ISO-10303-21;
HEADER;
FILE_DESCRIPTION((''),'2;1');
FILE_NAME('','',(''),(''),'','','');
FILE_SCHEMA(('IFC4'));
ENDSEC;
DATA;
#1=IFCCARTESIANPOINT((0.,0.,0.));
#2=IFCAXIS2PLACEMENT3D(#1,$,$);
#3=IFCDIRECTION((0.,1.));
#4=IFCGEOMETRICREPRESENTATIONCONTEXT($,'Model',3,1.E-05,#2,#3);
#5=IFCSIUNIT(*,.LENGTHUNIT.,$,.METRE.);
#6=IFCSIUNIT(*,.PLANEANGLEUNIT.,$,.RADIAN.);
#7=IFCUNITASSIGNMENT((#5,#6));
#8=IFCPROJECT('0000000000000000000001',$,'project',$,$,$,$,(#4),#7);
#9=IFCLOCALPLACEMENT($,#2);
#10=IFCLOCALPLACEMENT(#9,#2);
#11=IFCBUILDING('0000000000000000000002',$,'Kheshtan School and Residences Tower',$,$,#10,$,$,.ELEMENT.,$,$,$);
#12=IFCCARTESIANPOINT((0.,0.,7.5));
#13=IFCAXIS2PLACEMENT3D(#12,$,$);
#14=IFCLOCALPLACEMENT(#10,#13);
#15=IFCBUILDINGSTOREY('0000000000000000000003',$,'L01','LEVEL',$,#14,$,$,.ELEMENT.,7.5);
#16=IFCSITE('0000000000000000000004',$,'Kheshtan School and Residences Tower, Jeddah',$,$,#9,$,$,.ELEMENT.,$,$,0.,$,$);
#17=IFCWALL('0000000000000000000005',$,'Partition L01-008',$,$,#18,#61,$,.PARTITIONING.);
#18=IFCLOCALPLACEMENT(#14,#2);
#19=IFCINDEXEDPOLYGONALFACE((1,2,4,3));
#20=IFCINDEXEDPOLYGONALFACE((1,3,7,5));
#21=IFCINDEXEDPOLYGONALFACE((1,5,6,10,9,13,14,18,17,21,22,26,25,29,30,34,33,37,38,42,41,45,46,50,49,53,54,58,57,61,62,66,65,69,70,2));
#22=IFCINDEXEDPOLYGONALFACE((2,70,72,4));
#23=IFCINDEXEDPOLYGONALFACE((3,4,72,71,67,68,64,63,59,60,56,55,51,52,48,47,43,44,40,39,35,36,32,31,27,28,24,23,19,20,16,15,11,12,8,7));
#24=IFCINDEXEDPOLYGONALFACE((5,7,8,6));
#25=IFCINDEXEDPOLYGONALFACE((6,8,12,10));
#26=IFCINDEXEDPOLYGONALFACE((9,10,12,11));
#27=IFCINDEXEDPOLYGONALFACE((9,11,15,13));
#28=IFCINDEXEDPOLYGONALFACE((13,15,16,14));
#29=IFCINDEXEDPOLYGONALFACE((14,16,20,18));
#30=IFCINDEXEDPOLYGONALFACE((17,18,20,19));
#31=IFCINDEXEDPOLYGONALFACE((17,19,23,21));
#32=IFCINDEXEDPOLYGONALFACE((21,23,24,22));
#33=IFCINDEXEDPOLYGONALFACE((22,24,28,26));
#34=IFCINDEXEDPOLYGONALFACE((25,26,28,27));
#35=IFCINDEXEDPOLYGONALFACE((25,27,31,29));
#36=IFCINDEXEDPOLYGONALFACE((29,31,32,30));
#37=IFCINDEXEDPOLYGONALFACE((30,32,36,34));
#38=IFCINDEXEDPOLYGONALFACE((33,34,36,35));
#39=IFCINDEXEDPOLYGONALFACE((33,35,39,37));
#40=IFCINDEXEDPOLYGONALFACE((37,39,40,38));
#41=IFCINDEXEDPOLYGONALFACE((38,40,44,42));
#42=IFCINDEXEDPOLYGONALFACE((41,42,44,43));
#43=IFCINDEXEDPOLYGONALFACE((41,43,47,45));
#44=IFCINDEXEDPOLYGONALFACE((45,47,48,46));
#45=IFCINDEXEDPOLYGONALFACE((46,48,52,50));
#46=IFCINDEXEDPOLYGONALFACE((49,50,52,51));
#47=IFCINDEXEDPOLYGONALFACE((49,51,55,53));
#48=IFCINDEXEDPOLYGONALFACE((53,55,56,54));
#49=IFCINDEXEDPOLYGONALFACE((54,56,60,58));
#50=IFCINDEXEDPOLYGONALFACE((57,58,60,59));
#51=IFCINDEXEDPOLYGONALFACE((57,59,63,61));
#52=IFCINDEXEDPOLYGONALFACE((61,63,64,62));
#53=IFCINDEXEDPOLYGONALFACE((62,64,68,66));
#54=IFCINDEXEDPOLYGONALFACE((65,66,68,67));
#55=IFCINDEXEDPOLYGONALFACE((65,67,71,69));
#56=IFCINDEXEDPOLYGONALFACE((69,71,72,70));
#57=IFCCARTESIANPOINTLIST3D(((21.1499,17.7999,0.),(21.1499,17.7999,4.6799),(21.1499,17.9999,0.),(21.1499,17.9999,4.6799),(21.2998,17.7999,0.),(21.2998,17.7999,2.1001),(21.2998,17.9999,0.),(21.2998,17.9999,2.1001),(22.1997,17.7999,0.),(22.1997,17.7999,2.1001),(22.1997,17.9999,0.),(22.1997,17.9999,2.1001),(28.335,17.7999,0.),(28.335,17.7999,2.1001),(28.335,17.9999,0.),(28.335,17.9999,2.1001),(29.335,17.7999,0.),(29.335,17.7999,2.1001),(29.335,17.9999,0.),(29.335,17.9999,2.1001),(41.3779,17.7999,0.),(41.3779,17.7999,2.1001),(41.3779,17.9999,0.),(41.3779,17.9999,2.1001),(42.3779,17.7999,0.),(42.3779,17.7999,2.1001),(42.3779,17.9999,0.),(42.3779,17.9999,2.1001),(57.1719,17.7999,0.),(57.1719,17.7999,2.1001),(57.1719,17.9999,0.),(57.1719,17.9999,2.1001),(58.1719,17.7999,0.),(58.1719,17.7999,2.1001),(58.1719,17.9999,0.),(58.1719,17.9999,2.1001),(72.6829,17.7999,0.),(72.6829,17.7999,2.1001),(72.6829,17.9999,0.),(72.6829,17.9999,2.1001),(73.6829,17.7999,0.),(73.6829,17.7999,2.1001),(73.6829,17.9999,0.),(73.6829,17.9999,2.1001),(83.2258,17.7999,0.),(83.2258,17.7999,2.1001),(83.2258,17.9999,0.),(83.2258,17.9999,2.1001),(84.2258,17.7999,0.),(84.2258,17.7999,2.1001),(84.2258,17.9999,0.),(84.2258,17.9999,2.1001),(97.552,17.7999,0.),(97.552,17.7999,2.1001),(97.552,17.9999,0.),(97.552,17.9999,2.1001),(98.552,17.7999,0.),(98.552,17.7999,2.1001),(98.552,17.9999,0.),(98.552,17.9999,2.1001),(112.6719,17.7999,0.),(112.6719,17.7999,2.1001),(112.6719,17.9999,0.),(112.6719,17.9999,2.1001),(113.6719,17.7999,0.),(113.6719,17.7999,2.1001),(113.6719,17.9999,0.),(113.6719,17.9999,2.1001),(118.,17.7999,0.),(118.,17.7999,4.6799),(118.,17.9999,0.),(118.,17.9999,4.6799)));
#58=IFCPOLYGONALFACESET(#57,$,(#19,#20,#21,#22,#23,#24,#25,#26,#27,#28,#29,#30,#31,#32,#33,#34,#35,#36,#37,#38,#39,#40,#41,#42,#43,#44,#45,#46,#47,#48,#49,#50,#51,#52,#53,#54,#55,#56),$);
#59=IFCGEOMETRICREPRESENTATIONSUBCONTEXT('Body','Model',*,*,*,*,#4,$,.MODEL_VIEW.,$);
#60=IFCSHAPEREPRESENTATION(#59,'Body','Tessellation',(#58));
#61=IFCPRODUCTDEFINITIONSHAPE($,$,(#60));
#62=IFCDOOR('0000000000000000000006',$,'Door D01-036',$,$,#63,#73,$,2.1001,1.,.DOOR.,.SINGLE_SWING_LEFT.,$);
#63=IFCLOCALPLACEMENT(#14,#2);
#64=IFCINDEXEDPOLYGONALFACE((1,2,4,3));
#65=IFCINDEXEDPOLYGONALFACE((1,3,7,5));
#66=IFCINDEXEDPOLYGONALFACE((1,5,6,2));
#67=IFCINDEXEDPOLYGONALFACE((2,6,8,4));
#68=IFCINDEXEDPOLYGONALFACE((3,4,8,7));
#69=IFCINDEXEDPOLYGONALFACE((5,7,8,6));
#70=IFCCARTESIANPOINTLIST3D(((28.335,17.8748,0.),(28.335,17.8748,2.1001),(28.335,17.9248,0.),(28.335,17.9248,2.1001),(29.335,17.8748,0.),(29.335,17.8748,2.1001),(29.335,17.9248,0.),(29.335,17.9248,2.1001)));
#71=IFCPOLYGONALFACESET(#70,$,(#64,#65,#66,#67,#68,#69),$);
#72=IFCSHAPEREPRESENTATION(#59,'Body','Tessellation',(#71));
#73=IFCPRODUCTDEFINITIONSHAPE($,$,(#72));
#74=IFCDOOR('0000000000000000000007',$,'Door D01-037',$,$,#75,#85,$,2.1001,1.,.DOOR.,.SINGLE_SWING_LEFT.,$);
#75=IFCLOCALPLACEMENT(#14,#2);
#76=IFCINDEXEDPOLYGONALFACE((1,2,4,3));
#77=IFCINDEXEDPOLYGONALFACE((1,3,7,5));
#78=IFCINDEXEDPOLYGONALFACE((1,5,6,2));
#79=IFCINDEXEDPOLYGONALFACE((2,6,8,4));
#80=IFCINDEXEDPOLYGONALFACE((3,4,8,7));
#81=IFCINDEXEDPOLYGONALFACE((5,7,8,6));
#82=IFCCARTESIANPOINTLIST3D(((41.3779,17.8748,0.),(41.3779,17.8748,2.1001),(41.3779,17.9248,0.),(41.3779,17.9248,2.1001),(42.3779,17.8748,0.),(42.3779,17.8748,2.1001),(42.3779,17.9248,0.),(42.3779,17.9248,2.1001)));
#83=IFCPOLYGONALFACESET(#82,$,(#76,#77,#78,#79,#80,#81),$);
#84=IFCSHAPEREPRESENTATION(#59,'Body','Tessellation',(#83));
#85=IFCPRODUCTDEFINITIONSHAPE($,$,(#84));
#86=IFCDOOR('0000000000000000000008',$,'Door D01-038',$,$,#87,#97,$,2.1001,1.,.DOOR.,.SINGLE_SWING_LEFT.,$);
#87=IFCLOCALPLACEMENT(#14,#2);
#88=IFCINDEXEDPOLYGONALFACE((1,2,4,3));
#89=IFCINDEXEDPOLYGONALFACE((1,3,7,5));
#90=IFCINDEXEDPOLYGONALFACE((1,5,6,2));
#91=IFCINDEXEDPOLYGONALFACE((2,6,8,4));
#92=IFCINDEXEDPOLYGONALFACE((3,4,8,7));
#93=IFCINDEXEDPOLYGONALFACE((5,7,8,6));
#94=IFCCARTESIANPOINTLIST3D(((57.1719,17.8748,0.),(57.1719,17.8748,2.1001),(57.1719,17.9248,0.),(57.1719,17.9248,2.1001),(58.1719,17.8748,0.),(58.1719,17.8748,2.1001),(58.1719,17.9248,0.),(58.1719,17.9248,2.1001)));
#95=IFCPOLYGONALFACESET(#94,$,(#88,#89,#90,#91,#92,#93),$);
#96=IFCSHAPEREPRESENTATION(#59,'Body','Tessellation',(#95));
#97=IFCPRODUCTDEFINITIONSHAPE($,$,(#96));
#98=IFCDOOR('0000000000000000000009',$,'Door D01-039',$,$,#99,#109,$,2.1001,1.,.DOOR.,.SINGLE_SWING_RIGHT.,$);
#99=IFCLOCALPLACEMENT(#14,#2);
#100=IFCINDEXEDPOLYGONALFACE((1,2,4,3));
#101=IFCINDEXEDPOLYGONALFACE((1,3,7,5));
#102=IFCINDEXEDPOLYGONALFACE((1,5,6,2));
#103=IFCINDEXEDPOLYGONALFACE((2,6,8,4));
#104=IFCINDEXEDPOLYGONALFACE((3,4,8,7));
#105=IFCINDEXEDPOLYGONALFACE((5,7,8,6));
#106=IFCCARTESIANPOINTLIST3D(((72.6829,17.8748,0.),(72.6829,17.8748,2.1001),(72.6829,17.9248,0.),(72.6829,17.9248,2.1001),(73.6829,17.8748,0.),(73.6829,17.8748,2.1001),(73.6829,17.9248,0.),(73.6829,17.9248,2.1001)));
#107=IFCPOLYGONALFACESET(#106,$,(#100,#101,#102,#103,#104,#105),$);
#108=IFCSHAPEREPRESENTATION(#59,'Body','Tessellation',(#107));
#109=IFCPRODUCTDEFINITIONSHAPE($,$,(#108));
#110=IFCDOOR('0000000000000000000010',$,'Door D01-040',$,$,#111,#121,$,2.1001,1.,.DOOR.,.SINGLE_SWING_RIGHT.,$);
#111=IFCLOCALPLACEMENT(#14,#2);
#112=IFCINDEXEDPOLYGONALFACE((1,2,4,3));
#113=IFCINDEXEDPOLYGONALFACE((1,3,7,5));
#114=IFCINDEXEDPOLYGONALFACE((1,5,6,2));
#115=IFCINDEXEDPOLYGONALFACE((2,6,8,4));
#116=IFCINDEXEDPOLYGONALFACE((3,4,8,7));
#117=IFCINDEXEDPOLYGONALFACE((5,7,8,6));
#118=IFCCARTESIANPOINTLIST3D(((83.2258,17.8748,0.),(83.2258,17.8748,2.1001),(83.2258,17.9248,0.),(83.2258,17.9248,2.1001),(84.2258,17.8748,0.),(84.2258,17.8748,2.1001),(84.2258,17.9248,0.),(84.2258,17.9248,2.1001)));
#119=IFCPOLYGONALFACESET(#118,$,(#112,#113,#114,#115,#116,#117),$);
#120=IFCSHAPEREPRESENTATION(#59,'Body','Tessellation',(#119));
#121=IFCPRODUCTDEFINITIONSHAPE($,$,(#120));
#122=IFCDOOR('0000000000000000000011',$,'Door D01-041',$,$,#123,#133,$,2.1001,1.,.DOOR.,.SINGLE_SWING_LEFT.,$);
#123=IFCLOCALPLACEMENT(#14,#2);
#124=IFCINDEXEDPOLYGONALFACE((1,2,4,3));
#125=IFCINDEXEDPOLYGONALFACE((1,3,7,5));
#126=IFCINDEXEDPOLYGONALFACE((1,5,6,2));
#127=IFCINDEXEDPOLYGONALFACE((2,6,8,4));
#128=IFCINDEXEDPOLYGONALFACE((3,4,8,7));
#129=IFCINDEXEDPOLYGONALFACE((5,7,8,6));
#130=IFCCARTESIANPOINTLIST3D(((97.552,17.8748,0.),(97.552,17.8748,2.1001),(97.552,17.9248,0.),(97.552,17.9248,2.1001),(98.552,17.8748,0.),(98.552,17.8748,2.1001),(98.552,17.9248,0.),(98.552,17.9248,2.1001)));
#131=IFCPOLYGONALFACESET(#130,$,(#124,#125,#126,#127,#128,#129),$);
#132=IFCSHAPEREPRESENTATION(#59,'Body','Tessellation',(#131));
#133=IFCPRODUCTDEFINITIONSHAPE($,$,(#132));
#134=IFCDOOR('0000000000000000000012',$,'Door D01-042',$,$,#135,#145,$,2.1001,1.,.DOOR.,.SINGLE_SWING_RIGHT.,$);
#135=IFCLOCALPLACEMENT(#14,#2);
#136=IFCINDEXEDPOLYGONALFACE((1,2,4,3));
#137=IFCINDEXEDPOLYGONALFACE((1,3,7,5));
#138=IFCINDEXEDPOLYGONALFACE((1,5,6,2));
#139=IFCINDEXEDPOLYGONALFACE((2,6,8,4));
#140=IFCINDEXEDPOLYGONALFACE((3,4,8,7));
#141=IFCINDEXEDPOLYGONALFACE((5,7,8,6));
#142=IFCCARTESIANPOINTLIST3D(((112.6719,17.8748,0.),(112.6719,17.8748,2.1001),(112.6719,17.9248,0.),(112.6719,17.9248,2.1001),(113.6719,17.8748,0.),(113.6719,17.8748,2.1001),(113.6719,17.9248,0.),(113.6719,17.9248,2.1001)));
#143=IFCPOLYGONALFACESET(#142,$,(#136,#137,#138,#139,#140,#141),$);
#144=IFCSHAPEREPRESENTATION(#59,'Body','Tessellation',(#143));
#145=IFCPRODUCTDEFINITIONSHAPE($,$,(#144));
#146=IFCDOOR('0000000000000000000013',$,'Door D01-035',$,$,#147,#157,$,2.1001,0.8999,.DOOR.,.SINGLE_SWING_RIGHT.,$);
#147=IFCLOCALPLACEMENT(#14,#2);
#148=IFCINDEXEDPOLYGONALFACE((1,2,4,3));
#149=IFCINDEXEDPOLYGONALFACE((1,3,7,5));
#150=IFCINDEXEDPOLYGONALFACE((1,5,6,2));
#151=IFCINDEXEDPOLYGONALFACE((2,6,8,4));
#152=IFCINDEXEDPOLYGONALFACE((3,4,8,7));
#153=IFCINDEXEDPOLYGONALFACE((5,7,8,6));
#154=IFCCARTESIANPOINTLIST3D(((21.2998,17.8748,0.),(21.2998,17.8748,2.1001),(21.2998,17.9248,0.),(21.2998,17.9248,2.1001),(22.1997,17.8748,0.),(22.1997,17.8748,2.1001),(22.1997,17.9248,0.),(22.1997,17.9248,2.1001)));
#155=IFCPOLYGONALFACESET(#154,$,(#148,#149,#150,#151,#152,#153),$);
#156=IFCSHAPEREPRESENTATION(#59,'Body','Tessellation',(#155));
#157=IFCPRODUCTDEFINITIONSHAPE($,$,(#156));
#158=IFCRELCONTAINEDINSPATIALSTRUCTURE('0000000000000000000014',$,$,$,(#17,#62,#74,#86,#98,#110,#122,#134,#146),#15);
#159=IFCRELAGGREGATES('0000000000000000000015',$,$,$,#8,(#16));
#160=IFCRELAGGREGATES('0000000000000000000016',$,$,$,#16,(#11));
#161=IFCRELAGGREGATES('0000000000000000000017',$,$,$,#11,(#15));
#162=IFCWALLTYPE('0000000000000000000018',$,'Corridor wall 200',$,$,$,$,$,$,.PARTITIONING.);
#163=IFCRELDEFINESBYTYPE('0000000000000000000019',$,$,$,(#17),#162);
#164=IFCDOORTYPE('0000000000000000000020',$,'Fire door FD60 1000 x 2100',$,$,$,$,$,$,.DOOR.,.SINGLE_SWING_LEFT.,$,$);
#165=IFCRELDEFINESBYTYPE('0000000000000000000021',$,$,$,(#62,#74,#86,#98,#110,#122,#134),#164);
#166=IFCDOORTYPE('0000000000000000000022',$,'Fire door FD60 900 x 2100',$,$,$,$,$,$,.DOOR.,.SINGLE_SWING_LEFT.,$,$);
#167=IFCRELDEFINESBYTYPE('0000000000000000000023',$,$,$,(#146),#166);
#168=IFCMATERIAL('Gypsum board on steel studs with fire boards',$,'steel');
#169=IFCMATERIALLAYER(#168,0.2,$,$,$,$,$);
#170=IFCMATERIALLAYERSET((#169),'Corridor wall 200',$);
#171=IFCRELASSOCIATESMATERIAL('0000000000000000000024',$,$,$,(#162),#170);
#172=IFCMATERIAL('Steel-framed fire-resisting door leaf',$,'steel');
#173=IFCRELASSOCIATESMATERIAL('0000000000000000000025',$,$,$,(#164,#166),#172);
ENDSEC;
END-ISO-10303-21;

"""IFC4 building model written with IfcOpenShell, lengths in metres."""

from ifc_helpers import new_model, si_unit, direction, frame, frame_2d, origin, place, context, subcontext, project, spatial, rectangle, extrude, source, transform, mapped, material, layer, layer_set, type_object, element, fill, save


model = new_model("IFC4")

# Units and contexts
model_context = context("Model", 3, precision=1e-05, world=origin(), true_north=direction((0.0, 1.0)))
body_context = subcontext(model_context, "Body", "Model", "MODEL_VIEW")
ifc_project = project(units=[si_unit("LENGTHUNIT", "METRE"), si_unit("PLANEANGLEUNIT", "RADIAN")], contexts=[model_context])

# Site, building, storey
site_placement = place(None, origin())
site = spatial("IfcSite", under=ifc_project, at=site_placement, Name="Kheshtan School and Residences Tower, Jeddah", CompositionType="ELEMENT", RefElevation=0.0)
building_placement = place(site_placement, origin())
building = spatial("IfcBuilding", under=site, at=building_placement, Name="Kheshtan School and Residences Tower", CompositionType="ELEMENT")
storey_placement = place(building_placement, frame((0.0, 0.0, 7.5)))
storey = spatial("IfcBuildingStorey", under=building, at=storey_placement, Name="L01", Description="LEVEL", CompositionType="ELEMENT", Elevation=7.5)

# Shared definitions
ifc_material_1 = material(Name="Gypsum board on steel studs with fire boards", Category="steel")
ifc_layer_1 = layer(ifc_material_1, 0.2)
ifc_layer_set_1 = layer_set([ifc_layer_1], Name="Corridor wall 200")
wall_type_1 = type_object("IfcWallType", Name="Corridor wall 200", PredefinedType="PARTITIONING", material=ifc_layer_set_1)
ifc_material_2 = material(Name="Steel-framed fire-resisting door leaf", Category="steel")
door_type_1 = type_object("IfcDoorType", Name="Fire door FD60 1000 x 2100", OperationType="SINGLE_SWING_LEFT", PredefinedType="DOOR", material=ifc_material_2)
shared_shape_1 = source(origin(), body_context, "Body", "SweptSolid", [
    extrude(rectangle(XDim=1.0, YDim=2.1001, at=frame_2d((0.5, 1.05))), frame((0.0, 0.0249, 0.0), z_axis=(0.0, -1.0, 0.0), x_axis=(1.0, 0.0, 0.0)), (0.0, 0.0, 1.0), 0.05),
])

# Wall, openings, doors
wall_1_placement = place(storey_placement, frame((21.1499, 17.8999, 0.0), z_axis=(0.0, 0.0, 1.0), x_axis=(1.0, 0.0, 0.0)))
wall_1 = element("IfcWall", 1, at=wall_1_placement, inside=storey, type_object=wall_type_1, Name="Partition L01-008", PredefinedType="PARTITIONING", context=body_context, shape_type="SweptSolid", body=[
    extrude(rectangle(XDim=96.8501, YDim=0.2, at=frame_2d((48.425, 0.0))), origin(), (0.0, 0.0, 1.0), 4.6799),
])
opening_1_placement = place(wall_1_placement, frame((0.1499, 0.0, 0.0)))
opening_1 = element("IfcOpeningElement", 2, at=opening_1_placement, cuts=wall_1, PredefinedType="OPENING", context=body_context, shape_type="SweptSolid", body=[
    extrude(rectangle(XDim=0.8999, YDim=2.1001, at=frame_2d((0.45, 1.05))), frame((0.0, 0.1099, 0.0), z_axis=(0.0, -1.0, 0.0), x_axis=(1.0, 0.0, 0.0)), (0.0, 0.0, 1.0), 0.22),
])
opening_2_placement = place(wall_1_placement, frame((7.1851, 0.0, 0.0)))
opening_2 = element("IfcOpeningElement", 3, at=opening_2_placement, cuts=wall_1, PredefinedType="OPENING", context=body_context, shape_type="SweptSolid", body=[
    extrude(rectangle(XDim=1.0, YDim=2.1001, at=frame_2d((0.5, 1.05))), frame((0.0, 0.1099, 0.0), z_axis=(0.0, -1.0, 0.0), x_axis=(1.0, 0.0, 0.0)), (0.0, 0.0, 1.0), 0.22),
])
opening_3_placement = place(wall_1_placement, frame((20.228, 0.0, 0.0)))
opening_3 = element("IfcOpeningElement", 4, at=opening_3_placement, cuts=wall_1, PredefinedType="OPENING", context=body_context, shape_type="SweptSolid", body=[
    extrude(rectangle(XDim=1.0, YDim=2.1001, at=frame_2d((0.5, 1.05))), frame((0.0, 0.1099, 0.0), z_axis=(0.0, -1.0, 0.0), x_axis=(1.0, 0.0, 0.0)), (0.0, 0.0, 1.0), 0.22),
])
opening_4_placement = place(wall_1_placement, frame((36.022, 0.0, 0.0)))
opening_4 = element("IfcOpeningElement", 5, at=opening_4_placement, cuts=wall_1, PredefinedType="OPENING", context=body_context, shape_type="SweptSolid", body=[
    extrude(rectangle(XDim=1.0, YDim=2.1001, at=frame_2d((0.5, 1.05))), frame((0.0, 0.1099, 0.0), z_axis=(0.0, -1.0, 0.0), x_axis=(1.0, 0.0, 0.0)), (0.0, 0.0, 1.0), 0.22),
])
opening_5_placement = place(wall_1_placement, frame((51.533, 0.0, 0.0)))
opening_5 = element("IfcOpeningElement", 6, at=opening_5_placement, cuts=wall_1, PredefinedType="OPENING", context=body_context, shape_type="SweptSolid", body=[
    extrude(rectangle(XDim=1.0, YDim=2.1001, at=frame_2d((0.5, 1.05))), frame((0.0, 0.1099, 0.0), z_axis=(0.0, -1.0, 0.0), x_axis=(1.0, 0.0, 0.0)), (0.0, 0.0, 1.0), 0.22),
])
opening_6_placement = place(wall_1_placement, frame((62.0759, 0.0, 0.0)))
opening_6 = element("IfcOpeningElement", 7, at=opening_6_placement, cuts=wall_1, PredefinedType="OPENING", context=body_context, shape_type="SweptSolid", body=[
    extrude(rectangle(XDim=1.0, YDim=2.1001, at=frame_2d((0.5, 1.05))), frame((0.0, 0.1099, 0.0), z_axis=(0.0, -1.0, 0.0), x_axis=(1.0, 0.0, 0.0)), (0.0, 0.0, 1.0), 0.22),
])
opening_7_placement = place(wall_1_placement, frame((76.4021, 0.0, 0.0)))
opening_7 = element("IfcOpeningElement", 8, at=opening_7_placement, cuts=wall_1, PredefinedType="OPENING", context=body_context, shape_type="SweptSolid", body=[
    extrude(rectangle(XDim=1.0, YDim=2.1001, at=frame_2d((0.5, 1.05))), frame((0.0, 0.1099, 0.0), z_axis=(0.0, -1.0, 0.0), x_axis=(1.0, 0.0, 0.0)), (0.0, 0.0, 1.0), 0.22),
])
opening_8_placement = place(wall_1_placement, frame((91.522, 0.0, 0.0)))
opening_8 = element("IfcOpeningElement", 9, at=opening_8_placement, cuts=wall_1, PredefinedType="OPENING", context=body_context, shape_type="SweptSolid", body=[
    extrude(rectangle(XDim=1.0, YDim=2.1001, at=frame_2d((0.5, 1.05))), frame((0.0, 0.1099, 0.0), z_axis=(0.0, -1.0, 0.0), x_axis=(1.0, 0.0, 0.0)), (0.0, 0.0, 1.0), 0.22),
])
door_1_placement = place(opening_2_placement, origin())
door_1 = element("IfcDoor", 10, at=door_1_placement, inside=storey, type_object=door_type_1, Name="Door D01-036", OperationType="SINGLE_SWING_LEFT", OverallHeight=2.1001, OverallWidth=1.0, PredefinedType="DOOR", context=body_context, shape_type="MappedRepresentation", body=[
    mapped(shared_shape_1, transform((0.0, 0.0, 0.0), x_axis=(1.0, 0.0, 0.0), y_axis=(0.0, 1.0, 0.0), z_axis=(0.0, 0.0, 1.0), scale=1.0)),
])
fill(opening_2, door_1)
door_2_placement = place(opening_3_placement, origin())
door_2 = element("IfcDoor", 11, at=door_2_placement, inside=storey, type_object=door_type_1, Name="Door D01-037", OperationType="SINGLE_SWING_LEFT", OverallHeight=2.1001, OverallWidth=1.0, PredefinedType="DOOR", context=body_context, shape_type="MappedRepresentation", body=[
    mapped(shared_shape_1, transform((0.0, 0.0, 0.0), x_axis=(1.0, 0.0, 0.0), y_axis=(0.0, 1.0, 0.0), z_axis=(0.0, 0.0, 1.0), scale=1.0)),
])
fill(opening_3, door_2)
door_3_placement = place(opening_4_placement, origin())
door_3 = element("IfcDoor", 12, at=door_3_placement, inside=storey, type_object=door_type_1, Name="Door D01-038", OperationType="SINGLE_SWING_LEFT", OverallHeight=2.1001, OverallWidth=1.0, PredefinedType="DOOR", context=body_context, shape_type="MappedRepresentation", body=[
    mapped(shared_shape_1, transform((0.0, 0.0, 0.0), x_axis=(1.0, 0.0, 0.0), y_axis=(0.0, 1.0, 0.0), z_axis=(0.0, 0.0, 1.0), scale=1.0)),
])
fill(opening_4, door_3)
door_4_placement = place(opening_5_placement, origin())
door_4 = element("IfcDoor", 13, at=door_4_placement, inside=storey, type_object=door_type_1, Name="Door D01-039", OperationType="SINGLE_SWING_RIGHT", OverallHeight=2.1001, OverallWidth=1.0, PredefinedType="DOOR", context=body_context, shape_type="MappedRepresentation", body=[
    mapped(shared_shape_1, transform((0.0, 0.0, 0.0), x_axis=(1.0, 0.0, 0.0), y_axis=(0.0, 1.0, 0.0), z_axis=(0.0, 0.0, 1.0), scale=1.0)),
])
fill(opening_5, door_4)
door_5_placement = place(opening_6_placement, origin())
door_5 = element("IfcDoor", 14, at=door_5_placement, inside=storey, type_object=door_type_1, Name="Door D01-040", OperationType="SINGLE_SWING_RIGHT", OverallHeight=2.1001, OverallWidth=1.0, PredefinedType="DOOR", context=body_context, shape_type="MappedRepresentation", body=[
    mapped(shared_shape_1, transform((0.0, 0.0, 0.0), x_axis=(1.0, 0.0, 0.0), y_axis=(0.0, 1.0, 0.0), z_axis=(0.0, 0.0, 1.0), scale=1.0)),
])
fill(opening_6, door_5)
door_6_placement = place(opening_7_placement, origin())
door_6 = element("IfcDoor", 15, at=door_6_placement, inside=storey, type_object=door_type_1, Name="Door D01-041", OperationType="SINGLE_SWING_LEFT", OverallHeight=2.1001, OverallWidth=1.0, PredefinedType="DOOR", context=body_context, shape_type="MappedRepresentation", body=[
    mapped(shared_shape_1, transform((0.0, 0.0, 0.0), x_axis=(1.0, 0.0, 0.0), y_axis=(0.0, 1.0, 0.0), z_axis=(0.0, 0.0, 1.0), scale=1.0)),
])
fill(opening_7, door_6)
door_7_placement = place(opening_8_placement, origin())
door_7 = element("IfcDoor", 16, at=door_7_placement, inside=storey, type_object=door_type_1, Name="Door D01-042", OperationType="SINGLE_SWING_RIGHT", OverallHeight=2.1001, OverallWidth=1.0, PredefinedType="DOOR", context=body_context, shape_type="MappedRepresentation", body=[
    mapped(shared_shape_1, transform((0.0, 0.0, 0.0), x_axis=(1.0, 0.0, 0.0), y_axis=(0.0, 1.0, 0.0), z_axis=(0.0, 0.0, 1.0), scale=1.0)),
])
fill(opening_8, door_7)
door_type_2 = type_object("IfcDoorType", Name="Fire door FD60 900 x 2100", OperationType="SINGLE_SWING_LEFT", PredefinedType="DOOR", material=ifc_material_2)
shared_shape_2 = source(origin(), body_context, "Body", "SweptSolid", [
    extrude(rectangle(XDim=0.8999, YDim=2.1001, at=frame_2d((0.45, 1.05))), frame((0.0, 0.0249, 0.0), z_axis=(0.0, -1.0, 0.0), x_axis=(1.0, 0.0, 0.0)), (0.0, 0.0, 1.0), 0.05),
])
door_8_placement = place(opening_1_placement, origin())
door_8 = element("IfcDoor", 17, at=door_8_placement, inside=storey, type_object=door_type_2, Name="Door D01-035", OperationType="SINGLE_SWING_RIGHT", OverallHeight=2.1001, OverallWidth=0.8999, PredefinedType="DOOR", context=body_context, shape_type="MappedRepresentation", body=[
    mapped(shared_shape_2, transform((0.0, 0.0, 0.0), x_axis=(1.0, 0.0, 0.0), y_axis=(0.0, 1.0, 0.0), z_axis=(0.0, 0.0, 1.0), scale=1.0)),
])
fill(opening_1, door_8)

save(model, "model.ifc")
